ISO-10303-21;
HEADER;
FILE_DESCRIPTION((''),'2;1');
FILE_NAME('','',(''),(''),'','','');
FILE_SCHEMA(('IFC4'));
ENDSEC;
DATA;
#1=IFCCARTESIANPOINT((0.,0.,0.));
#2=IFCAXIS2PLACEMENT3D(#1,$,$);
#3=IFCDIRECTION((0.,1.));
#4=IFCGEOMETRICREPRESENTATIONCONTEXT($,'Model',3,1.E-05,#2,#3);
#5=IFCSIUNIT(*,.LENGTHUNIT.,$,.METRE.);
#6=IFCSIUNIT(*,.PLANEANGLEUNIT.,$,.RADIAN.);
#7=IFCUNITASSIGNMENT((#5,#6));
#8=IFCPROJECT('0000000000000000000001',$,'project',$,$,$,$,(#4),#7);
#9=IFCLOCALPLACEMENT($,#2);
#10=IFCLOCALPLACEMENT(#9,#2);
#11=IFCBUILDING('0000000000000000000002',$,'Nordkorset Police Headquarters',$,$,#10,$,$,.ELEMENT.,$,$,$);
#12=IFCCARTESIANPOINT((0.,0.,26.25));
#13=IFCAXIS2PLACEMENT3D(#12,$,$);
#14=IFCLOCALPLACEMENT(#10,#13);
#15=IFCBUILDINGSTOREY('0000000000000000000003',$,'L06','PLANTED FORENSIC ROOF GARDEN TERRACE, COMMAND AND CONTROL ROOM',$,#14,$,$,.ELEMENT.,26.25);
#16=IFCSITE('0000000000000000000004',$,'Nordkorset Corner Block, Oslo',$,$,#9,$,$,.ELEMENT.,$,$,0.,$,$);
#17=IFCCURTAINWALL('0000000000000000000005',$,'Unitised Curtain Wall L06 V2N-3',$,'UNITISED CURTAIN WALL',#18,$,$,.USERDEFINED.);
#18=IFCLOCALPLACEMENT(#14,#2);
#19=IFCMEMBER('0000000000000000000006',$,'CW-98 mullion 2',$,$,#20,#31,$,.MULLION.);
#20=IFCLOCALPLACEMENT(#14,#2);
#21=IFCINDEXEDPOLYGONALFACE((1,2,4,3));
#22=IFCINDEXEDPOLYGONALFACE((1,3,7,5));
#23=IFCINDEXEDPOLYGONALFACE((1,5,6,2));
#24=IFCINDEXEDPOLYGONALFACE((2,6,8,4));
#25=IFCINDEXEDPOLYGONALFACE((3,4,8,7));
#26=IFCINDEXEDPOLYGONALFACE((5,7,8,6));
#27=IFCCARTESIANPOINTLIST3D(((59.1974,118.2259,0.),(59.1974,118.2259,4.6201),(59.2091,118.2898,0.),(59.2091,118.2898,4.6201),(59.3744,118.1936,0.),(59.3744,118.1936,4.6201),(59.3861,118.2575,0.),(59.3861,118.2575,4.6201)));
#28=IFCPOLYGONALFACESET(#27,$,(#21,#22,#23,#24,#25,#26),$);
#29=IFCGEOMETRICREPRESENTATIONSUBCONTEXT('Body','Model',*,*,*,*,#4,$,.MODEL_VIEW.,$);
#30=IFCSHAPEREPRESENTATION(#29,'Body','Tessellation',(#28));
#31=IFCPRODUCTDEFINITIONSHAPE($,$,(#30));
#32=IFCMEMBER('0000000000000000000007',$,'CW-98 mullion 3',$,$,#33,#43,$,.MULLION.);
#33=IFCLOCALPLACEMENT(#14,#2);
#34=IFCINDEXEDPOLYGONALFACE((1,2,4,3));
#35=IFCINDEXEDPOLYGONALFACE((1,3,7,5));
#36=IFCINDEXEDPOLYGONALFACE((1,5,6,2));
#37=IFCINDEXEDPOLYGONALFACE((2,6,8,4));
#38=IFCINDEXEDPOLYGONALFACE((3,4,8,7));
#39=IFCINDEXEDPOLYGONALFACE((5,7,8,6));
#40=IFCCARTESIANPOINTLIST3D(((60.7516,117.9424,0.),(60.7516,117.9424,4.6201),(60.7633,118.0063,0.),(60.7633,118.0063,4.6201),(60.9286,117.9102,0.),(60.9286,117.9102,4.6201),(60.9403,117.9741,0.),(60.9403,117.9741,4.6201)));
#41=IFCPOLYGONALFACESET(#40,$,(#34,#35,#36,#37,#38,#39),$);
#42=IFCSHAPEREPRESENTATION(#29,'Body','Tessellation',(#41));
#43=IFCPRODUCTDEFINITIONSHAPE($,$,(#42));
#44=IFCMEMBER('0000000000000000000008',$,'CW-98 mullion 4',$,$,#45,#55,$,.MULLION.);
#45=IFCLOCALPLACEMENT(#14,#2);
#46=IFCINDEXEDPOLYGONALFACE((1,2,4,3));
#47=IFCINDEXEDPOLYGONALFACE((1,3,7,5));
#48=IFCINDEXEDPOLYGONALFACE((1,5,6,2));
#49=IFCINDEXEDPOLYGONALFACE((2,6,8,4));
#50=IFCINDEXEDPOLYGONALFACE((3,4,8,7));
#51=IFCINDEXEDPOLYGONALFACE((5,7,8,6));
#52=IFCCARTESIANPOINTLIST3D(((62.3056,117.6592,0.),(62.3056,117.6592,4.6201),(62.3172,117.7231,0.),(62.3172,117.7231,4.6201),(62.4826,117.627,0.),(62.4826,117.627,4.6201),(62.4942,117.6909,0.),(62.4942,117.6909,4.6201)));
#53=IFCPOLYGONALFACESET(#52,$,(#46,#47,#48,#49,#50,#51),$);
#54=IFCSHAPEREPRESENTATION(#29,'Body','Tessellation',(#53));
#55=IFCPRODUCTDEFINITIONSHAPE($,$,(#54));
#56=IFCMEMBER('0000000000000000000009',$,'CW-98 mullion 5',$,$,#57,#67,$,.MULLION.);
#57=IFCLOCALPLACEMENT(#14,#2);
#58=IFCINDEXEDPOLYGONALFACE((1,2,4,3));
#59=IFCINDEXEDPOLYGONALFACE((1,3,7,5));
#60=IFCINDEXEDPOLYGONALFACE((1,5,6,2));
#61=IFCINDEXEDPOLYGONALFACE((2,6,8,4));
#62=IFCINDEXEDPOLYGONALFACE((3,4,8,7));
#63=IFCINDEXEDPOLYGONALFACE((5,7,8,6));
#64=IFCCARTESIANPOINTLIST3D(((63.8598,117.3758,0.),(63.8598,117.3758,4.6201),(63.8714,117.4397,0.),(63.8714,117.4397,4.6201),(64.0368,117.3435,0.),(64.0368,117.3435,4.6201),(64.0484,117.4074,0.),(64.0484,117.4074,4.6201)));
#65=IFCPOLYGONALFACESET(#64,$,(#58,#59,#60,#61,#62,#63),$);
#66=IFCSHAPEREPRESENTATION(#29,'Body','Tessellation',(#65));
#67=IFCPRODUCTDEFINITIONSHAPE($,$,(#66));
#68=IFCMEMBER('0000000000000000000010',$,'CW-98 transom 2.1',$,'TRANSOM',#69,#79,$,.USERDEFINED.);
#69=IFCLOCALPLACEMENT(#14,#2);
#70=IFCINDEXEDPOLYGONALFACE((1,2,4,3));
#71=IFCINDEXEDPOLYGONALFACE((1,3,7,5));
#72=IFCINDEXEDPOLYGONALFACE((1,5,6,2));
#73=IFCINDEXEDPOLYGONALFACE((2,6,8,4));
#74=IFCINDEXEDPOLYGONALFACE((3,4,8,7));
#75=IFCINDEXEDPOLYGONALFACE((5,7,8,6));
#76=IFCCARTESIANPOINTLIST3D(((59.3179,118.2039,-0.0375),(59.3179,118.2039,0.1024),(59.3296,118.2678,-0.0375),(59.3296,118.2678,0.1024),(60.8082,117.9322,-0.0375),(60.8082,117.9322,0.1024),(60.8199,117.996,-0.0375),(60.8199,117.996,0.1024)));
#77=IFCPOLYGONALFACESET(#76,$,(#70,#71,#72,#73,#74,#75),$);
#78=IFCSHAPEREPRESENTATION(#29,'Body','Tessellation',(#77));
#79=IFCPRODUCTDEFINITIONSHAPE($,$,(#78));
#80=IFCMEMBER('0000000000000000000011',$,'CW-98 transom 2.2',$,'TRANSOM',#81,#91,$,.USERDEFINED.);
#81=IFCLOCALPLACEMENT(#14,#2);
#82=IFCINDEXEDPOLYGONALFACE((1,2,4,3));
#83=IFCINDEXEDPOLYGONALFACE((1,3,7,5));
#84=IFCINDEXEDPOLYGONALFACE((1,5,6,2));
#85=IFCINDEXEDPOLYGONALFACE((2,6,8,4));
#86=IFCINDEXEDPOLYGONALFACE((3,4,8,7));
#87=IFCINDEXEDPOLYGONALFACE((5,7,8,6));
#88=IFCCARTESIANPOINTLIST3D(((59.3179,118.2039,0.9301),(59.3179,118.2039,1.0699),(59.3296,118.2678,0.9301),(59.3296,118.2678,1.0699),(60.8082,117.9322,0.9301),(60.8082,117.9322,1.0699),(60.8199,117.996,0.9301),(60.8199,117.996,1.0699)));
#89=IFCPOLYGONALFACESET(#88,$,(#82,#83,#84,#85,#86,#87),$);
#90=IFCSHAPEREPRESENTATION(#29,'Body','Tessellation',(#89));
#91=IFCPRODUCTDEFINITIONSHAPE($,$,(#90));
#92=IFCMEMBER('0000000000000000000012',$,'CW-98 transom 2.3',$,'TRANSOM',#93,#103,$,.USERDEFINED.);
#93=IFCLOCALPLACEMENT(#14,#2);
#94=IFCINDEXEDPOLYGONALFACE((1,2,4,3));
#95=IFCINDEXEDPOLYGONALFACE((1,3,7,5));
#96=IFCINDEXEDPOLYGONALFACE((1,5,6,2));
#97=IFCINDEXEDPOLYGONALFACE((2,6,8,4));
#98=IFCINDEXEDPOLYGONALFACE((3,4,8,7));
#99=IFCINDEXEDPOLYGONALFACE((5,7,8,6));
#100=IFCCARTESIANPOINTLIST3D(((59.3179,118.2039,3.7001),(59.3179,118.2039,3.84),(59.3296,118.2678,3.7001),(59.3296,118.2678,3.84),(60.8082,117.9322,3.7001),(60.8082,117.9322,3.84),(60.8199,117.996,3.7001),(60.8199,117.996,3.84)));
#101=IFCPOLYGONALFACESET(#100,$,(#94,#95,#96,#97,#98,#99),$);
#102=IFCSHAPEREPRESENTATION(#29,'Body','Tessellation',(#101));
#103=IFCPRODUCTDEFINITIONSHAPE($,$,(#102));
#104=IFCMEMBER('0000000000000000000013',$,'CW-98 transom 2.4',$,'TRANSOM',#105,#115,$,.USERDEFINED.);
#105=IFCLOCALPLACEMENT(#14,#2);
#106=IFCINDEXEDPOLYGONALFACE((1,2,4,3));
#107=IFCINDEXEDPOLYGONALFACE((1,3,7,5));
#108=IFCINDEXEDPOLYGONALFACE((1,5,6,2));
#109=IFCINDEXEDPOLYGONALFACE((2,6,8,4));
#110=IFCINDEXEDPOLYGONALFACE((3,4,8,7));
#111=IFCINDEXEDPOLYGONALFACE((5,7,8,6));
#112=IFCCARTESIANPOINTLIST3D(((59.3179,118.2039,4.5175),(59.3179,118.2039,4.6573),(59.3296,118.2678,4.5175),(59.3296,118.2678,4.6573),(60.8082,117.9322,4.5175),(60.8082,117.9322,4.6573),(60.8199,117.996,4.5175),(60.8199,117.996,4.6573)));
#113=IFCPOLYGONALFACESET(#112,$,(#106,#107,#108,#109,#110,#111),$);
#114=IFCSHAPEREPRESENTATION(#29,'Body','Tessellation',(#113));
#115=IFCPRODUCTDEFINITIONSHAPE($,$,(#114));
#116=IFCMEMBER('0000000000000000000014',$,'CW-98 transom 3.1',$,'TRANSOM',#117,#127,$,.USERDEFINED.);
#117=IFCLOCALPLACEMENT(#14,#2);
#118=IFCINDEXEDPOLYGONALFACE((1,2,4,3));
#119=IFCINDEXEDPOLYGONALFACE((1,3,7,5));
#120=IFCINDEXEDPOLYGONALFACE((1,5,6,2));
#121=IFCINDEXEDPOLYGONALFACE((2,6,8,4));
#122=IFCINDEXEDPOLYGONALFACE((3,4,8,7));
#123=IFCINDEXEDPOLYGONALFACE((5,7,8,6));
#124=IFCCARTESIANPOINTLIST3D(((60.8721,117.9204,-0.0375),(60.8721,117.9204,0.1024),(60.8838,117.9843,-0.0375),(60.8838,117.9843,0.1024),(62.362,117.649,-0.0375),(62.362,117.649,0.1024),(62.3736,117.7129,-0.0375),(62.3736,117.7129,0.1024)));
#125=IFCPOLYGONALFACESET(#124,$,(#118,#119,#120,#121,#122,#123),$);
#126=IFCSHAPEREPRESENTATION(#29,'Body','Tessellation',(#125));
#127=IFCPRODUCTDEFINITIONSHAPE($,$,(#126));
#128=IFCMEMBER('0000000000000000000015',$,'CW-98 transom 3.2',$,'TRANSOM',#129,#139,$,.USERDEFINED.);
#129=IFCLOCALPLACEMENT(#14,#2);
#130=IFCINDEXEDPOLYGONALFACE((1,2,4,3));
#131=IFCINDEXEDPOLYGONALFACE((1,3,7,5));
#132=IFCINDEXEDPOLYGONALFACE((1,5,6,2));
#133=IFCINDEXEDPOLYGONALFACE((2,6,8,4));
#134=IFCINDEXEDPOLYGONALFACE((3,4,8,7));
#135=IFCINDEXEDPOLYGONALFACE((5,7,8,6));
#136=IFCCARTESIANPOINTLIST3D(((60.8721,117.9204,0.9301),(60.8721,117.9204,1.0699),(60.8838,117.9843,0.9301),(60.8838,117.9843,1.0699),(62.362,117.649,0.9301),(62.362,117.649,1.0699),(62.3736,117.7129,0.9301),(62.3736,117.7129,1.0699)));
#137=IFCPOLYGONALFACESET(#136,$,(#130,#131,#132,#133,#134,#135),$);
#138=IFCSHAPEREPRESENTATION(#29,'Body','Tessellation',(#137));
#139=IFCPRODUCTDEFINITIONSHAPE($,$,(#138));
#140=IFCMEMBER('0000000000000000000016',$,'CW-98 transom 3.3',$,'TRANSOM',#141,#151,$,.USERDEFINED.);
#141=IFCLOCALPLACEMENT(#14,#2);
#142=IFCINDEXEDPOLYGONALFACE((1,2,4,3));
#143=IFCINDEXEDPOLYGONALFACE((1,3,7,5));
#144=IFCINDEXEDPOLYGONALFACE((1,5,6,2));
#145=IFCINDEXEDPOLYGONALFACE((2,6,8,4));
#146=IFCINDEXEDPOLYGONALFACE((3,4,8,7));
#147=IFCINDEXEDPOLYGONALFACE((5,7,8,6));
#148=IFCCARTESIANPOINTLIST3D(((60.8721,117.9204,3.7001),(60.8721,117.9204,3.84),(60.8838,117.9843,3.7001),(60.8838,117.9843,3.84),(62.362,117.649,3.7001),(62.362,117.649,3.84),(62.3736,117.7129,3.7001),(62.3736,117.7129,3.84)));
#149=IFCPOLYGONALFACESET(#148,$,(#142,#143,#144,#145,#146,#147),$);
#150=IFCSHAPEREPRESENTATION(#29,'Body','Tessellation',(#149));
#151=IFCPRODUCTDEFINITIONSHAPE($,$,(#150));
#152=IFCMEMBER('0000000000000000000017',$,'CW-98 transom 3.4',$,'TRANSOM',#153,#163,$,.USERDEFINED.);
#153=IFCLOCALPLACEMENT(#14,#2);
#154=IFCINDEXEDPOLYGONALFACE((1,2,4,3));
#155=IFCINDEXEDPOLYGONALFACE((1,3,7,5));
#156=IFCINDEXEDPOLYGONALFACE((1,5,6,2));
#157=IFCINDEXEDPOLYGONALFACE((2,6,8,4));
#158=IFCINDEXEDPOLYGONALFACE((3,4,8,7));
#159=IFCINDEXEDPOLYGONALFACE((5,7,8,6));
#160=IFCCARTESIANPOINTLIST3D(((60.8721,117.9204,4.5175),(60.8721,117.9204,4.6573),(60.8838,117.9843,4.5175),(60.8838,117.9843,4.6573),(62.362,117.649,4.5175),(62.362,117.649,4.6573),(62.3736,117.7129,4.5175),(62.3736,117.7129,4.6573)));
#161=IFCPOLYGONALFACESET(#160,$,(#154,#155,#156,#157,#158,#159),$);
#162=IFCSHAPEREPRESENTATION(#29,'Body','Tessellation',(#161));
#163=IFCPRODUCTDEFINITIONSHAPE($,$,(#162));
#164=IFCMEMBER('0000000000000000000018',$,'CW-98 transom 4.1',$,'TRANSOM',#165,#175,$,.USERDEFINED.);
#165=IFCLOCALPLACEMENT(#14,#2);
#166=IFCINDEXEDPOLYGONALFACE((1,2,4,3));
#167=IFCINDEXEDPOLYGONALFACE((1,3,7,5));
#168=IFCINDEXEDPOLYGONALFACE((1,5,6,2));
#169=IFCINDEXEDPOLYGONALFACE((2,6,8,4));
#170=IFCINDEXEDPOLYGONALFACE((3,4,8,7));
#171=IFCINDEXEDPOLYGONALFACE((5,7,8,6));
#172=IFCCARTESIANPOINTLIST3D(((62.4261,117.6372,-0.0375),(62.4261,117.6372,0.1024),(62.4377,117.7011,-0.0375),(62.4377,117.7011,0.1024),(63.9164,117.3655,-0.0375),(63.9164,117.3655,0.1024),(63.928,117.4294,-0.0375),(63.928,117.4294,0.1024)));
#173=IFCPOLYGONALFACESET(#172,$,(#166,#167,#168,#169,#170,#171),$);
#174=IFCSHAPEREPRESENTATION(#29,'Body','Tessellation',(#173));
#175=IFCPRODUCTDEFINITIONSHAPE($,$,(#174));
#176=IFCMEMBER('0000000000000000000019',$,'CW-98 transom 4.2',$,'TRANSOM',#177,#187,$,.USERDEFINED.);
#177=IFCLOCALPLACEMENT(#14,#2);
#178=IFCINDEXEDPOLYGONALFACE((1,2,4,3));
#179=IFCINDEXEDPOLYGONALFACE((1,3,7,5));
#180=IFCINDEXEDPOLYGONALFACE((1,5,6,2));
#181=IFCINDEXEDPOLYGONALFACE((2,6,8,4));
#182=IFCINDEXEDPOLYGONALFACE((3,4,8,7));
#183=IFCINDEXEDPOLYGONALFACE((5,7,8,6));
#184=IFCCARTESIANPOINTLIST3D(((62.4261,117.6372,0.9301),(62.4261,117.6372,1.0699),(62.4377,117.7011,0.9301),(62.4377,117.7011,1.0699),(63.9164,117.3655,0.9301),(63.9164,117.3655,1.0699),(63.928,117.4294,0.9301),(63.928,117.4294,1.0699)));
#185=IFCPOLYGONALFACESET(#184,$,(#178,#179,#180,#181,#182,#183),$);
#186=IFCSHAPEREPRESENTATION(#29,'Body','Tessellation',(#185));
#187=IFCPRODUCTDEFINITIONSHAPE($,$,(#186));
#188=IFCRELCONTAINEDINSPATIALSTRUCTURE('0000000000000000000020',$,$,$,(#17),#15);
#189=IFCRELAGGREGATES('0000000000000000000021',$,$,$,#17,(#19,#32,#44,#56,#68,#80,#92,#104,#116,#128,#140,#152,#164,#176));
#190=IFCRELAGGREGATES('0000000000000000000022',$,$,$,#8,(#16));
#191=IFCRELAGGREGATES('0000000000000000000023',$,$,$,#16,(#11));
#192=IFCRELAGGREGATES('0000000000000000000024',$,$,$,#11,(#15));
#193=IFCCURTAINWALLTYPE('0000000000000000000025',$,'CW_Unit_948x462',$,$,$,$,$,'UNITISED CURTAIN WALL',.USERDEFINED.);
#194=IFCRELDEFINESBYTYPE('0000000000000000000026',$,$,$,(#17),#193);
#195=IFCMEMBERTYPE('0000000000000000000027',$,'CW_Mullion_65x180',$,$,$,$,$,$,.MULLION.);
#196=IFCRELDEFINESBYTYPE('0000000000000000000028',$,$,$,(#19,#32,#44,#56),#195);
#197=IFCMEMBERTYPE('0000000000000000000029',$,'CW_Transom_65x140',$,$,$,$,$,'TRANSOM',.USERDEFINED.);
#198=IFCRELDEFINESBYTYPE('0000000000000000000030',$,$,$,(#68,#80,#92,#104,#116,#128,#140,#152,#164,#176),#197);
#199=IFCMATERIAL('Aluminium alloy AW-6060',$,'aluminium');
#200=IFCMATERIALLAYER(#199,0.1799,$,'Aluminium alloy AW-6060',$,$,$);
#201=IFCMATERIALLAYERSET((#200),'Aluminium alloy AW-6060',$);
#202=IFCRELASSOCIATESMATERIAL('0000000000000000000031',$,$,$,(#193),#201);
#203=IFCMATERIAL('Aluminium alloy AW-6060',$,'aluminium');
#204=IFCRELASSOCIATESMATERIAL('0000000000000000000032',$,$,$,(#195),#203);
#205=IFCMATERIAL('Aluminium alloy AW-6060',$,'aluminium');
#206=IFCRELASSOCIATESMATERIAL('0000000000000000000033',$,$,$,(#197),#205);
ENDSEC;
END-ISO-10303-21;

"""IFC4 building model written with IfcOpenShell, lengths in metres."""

from ifc_helpers import new_model, si_unit, direction, frame, origin, origin_2d, place, context, subcontext, project, spatial, rectangle, extrude, material, layer, layer_set, material_profile, profile_set, type_object, element, aggregate, save


model = new_model("IFC4")

# Units and contexts
model_context = context("Model", 3, precision=1e-05, world=origin(), true_north=direction((0.0, 1.0)))
body_context = subcontext(model_context, "Body", "Model", "MODEL_VIEW")
ifc_project = project(units=[si_unit("LENGTHUNIT", "METRE"), si_unit("PLANEANGLEUNIT", "RADIAN")], contexts=[model_context])

# Site, building, storey
site_placement = place(None, origin())
site = spatial("IfcSite", under=ifc_project, at=site_placement, Name="Nordkorset Corner Block, Oslo", CompositionType="ELEMENT", RefElevation=0.0)
building_placement = place(site_placement, origin())
building = spatial("IfcBuilding", under=site, at=building_placement, Name="Nordkorset Police Headquarters", CompositionType="ELEMENT")
storey_placement = place(building_placement, frame((0.0, 0.0, 26.25)))
storey = spatial("IfcBuildingStorey", under=building, at=storey_placement, Name="L06", Description="PLANTED FORENSIC ROOF GARDEN TERRACE, COMMAND AND CONTROL ROOM", CompositionType="ELEMENT", Elevation=26.25)

# Curtain wall, members
ifc_material_1 = material(Name="Aluminium alloy AW-6060", Category="aluminium")
ifc_layer_1 = layer(ifc_material_1, 0.1799, Name="Aluminium alloy AW-6060")
ifc_layer_set_1 = layer_set([ifc_layer_1], Name="Aluminium alloy AW-6060")
curtain_wall_type_1 = type_object("IfcCurtainWallType", Name="CW_Unit_948x462", ElementType="UNITISED CURTAIN WALL", PredefinedType="USERDEFINED", material=ifc_layer_set_1)
curtain_wall_1_placement = place(storey_placement, origin())
curtain_wall_1 = element("IfcCurtainWall", 1, at=curtain_wall_1_placement, inside=storey, type_object=curtain_wall_type_1, Name="Unitised Curtain Wall L06 V2N-3", ObjectType="UNITISED CURTAIN WALL", PredefinedType="USERDEFINED")
ifc_material_2 = material(Name="Aluminium alloy AW-6060", Category="aluminium")
ifc_material_profile_1 = material_profile(ifc_material_2, rectangle(XDim=0.0649, YDim=0.1799, at=origin_2d()), Name="ALU MULL 65x180")
ifc_profile_set_1 = profile_set([ifc_material_profile_1], Name="Aluminium alloy AW-6060")
member_type_1 = type_object("IfcMemberType", Name="CW_Mullion_65x180", PredefinedType="MULLION", material=ifc_profile_set_1)
member_1_placement = place(storey_placement, frame((59.2917, 118.2417, 0.0), z_axis=(0.0, 0.0, 1.0), x_axis=(0.179336, 0.983788, 0.0)))
member_1 = element("IfcMember", 2, at=member_1_placement, type_object=member_type_1, Name="CW-98 mullion 2", PredefinedType="MULLION", context=body_context, shape_type="SweptSolid", body=[
    extrude(rectangle(XDim=0.0649, YDim=0.1799, at=origin_2d()), origin(), (0.0, 0.0, 1.0), 4.6201),
])
member_2_placement = place(storey_placement, frame((60.8459, 117.9583, 0.0), z_axis=(0.0, 0.0, 1.0), x_axis=(0.179336, 0.983788, 0.0)))
member_2 = element("IfcMember", 3, at=member_2_placement, type_object=member_type_1, Name="CW-98 mullion 3", PredefinedType="MULLION", context=body_context, shape_type="SweptSolid", body=[
    extrude(rectangle(XDim=0.0649, YDim=0.1799, at=origin_2d()), origin(), (0.0, 0.0, 1.0), 4.6201),
])
member_3_placement = place(storey_placement, frame((62.3999, 117.675, 0.0), z_axis=(0.0, 0.0, 1.0), x_axis=(0.179336, 0.983788, 0.0)))
member_3 = element("IfcMember", 4, at=member_3_placement, type_object=member_type_1, Name="CW-98 mullion 4", PredefinedType="MULLION", context=body_context, shape_type="SweptSolid", body=[
    extrude(rectangle(XDim=0.0649, YDim=0.1799, at=origin_2d()), origin(), (0.0, 0.0, 1.0), 4.6201),
])
member_4_placement = place(storey_placement, frame((63.9541, 117.3916, 0.0), z_axis=(0.0, 0.0, 1.0), x_axis=(0.179336, 0.983788, 0.0)))
member_4 = element("IfcMember", 5, at=member_4_placement, type_object=member_type_1, Name="CW-98 mullion 5", PredefinedType="MULLION", context=body_context, shape_type="SweptSolid", body=[
    extrude(rectangle(XDim=0.0649, YDim=0.1799, at=origin_2d()), origin(), (0.0, 0.0, 1.0), 4.6201),
])
ifc_material_3 = material(Name="Aluminium alloy AW-6060", Category="aluminium")
ifc_material_profile_2 = material_profile(ifc_material_3, rectangle(XDim=0.0649, YDim=0.1399, at=origin_2d()), Name="ALU TRAN 65x140")
ifc_profile_set_2 = profile_set([ifc_material_profile_2], Name="Aluminium alloy AW-6060")
member_type_2 = type_object("IfcMemberType", Name="CW_Transom_65x140", ElementType="TRANSOM", PredefinedType="USERDEFINED", material=ifc_profile_set_2)
member_5_placement = place(storey_placement, frame((59.3237, 118.2358, 0.0325), z_axis=(0.98378, -0.179382, 0.0), x_axis=(0.179382, 0.98378, 0.0)))
member_5 = element("IfcMember", 6, at=member_5_placement, type_object=member_type_2, Name="CW-98 transom 2.1", ObjectType="TRANSOM", PredefinedType="USERDEFINED", context=body_context, shape_type="SweptSolid", body=[
    extrude(rectangle(XDim=0.0649, YDim=0.1399, at=origin_2d()), origin(), (0.0, 0.0, 1.0), 1.5149),
])
member_6_placement = place(storey_placement, frame((59.3237, 118.2358, 1.0), z_axis=(0.98378, -0.179382, 0.0), x_axis=(0.179382, 0.98378, 0.0)))
member_6 = element("IfcMember", 7, at=member_6_placement, type_object=member_type_2, Name="CW-98 transom 2.2", ObjectType="TRANSOM", PredefinedType="USERDEFINED", context=body_context, shape_type="SweptSolid", body=[
    extrude(rectangle(XDim=0.0649, YDim=0.1399, at=origin_2d()), origin(), (0.0, 0.0, 1.0), 1.5149),
])
member_7_placement = place(storey_placement, frame((59.3237, 118.2358, 3.77), z_axis=(0.98378, -0.179382, 0.0), x_axis=(0.179382, 0.98378, 0.0)))
member_7 = element("IfcMember", 8, at=member_7_placement, type_object=member_type_2, Name="CW-98 transom 2.3", ObjectType="TRANSOM", PredefinedType="USERDEFINED", context=body_context, shape_type="SweptSolid", body=[
    extrude(rectangle(XDim=0.0649, YDim=0.1399, at=origin_2d()), origin(), (0.0, 0.0, 1.0), 1.5149),
])
member_8_placement = place(storey_placement, frame((59.3237, 118.2358, 4.5874), z_axis=(0.98378, -0.179382, 0.0), x_axis=(0.179382, 0.98378, 0.0)))
member_8 = element("IfcMember", 9, at=member_8_placement, type_object=member_type_2, Name="CW-98 transom 2.4", ObjectType="TRANSOM", PredefinedType="USERDEFINED", context=body_context, shape_type="SweptSolid", body=[
    extrude(rectangle(XDim=0.0649, YDim=0.1399, at=origin_2d()), origin(), (0.0, 0.0, 1.0), 1.5149),
])
member_9_placement = place(storey_placement, frame((60.8779, 117.9524, 0.0325), z_axis=(0.983803, -0.179254, 0.0), x_axis=(0.179254, 0.983803, 0.0)))
member_9 = element("IfcMember", 10, at=member_9_placement, type_object=member_type_2, Name="CW-98 transom 3.1", ObjectType="TRANSOM", PredefinedType="USERDEFINED", context=body_context, shape_type="SweptSolid", body=[
    extrude(rectangle(XDim=0.0649, YDim=0.1399, at=origin_2d()), origin(), (0.0, 0.0, 1.0), 1.5144),
])
member_10_placement = place(storey_placement, frame((60.8779, 117.9524, 1.0), z_axis=(0.983803, -0.179254, 0.0), x_axis=(0.179254, 0.983803, 0.0)))
member_10 = element("IfcMember", 11, at=member_10_placement, type_object=member_type_2, Name="CW-98 transom 3.2", ObjectType="TRANSOM", PredefinedType="USERDEFINED", context=body_context, shape_type="SweptSolid", body=[
    extrude(rectangle(XDim=0.0649, YDim=0.1399, at=origin_2d()), origin(), (0.0, 0.0, 1.0), 1.5144),
])
member_11_placement = place(storey_placement, frame((60.8779, 117.9524, 3.77), z_axis=(0.983803, -0.179254, 0.0), x_axis=(0.179254, 0.983803, 0.0)))
member_11 = element("IfcMember", 12, at=member_11_placement, type_object=member_type_2, Name="CW-98 transom 3.3", ObjectType="TRANSOM", PredefinedType="USERDEFINED", context=body_context, shape_type="SweptSolid", body=[
    extrude(rectangle(XDim=0.0649, YDim=0.1399, at=origin_2d()), origin(), (0.0, 0.0, 1.0), 1.5144),
])
member_12_placement = place(storey_placement, frame((60.8779, 117.9524, 4.5874), z_axis=(0.983803, -0.179254, 0.0), x_axis=(0.179254, 0.983803, 0.0)))
member_12 = element("IfcMember", 13, at=member_12_placement, type_object=member_type_2, Name="CW-98 transom 3.4", ObjectType="TRANSOM", PredefinedType="USERDEFINED", context=body_context, shape_type="SweptSolid", body=[
    extrude(rectangle(XDim=0.0649, YDim=0.1399, at=origin_2d()), origin(), (0.0, 0.0, 1.0), 1.5144),
])
member_13_placement = place(storey_placement, frame((62.4319, 117.6692, 0.0325), z_axis=(0.98378, -0.179382, 0.0), x_axis=(0.179382, 0.98378, 0.0)))
member_13 = element("IfcMember", 14, at=member_13_placement, type_object=member_type_2, Name="CW-98 transom 4.1", ObjectType="TRANSOM", PredefinedType="USERDEFINED", context=body_context, shape_type="SweptSolid", body=[
    extrude(rectangle(XDim=0.0649, YDim=0.1399, at=origin_2d()), origin(), (0.0, 0.0, 1.0), 1.5149),
])
member_14_placement = place(storey_placement, frame((62.4319, 117.6692, 1.0), z_axis=(0.98378, -0.179382, 0.0), x_axis=(0.179382, 0.98378, 0.0)))
member_14 = element("IfcMember", 15, at=member_14_placement, type_object=member_type_2, Name="CW-98 transom 4.2", ObjectType="TRANSOM", PredefinedType="USERDEFINED", context=body_context, shape_type="SweptSolid", body=[
    extrude(rectangle(XDim=0.0649, YDim=0.1399, at=origin_2d()), origin(), (0.0, 0.0, 1.0), 1.5149),
])

aggregate(curtain_wall_1, [member_1, member_2, member_3, member_4, member_5, member_6, member_7, member_8, member_9, member_10, member_11, member_12, member_13, member_14])

save(model, "model.ifc")
